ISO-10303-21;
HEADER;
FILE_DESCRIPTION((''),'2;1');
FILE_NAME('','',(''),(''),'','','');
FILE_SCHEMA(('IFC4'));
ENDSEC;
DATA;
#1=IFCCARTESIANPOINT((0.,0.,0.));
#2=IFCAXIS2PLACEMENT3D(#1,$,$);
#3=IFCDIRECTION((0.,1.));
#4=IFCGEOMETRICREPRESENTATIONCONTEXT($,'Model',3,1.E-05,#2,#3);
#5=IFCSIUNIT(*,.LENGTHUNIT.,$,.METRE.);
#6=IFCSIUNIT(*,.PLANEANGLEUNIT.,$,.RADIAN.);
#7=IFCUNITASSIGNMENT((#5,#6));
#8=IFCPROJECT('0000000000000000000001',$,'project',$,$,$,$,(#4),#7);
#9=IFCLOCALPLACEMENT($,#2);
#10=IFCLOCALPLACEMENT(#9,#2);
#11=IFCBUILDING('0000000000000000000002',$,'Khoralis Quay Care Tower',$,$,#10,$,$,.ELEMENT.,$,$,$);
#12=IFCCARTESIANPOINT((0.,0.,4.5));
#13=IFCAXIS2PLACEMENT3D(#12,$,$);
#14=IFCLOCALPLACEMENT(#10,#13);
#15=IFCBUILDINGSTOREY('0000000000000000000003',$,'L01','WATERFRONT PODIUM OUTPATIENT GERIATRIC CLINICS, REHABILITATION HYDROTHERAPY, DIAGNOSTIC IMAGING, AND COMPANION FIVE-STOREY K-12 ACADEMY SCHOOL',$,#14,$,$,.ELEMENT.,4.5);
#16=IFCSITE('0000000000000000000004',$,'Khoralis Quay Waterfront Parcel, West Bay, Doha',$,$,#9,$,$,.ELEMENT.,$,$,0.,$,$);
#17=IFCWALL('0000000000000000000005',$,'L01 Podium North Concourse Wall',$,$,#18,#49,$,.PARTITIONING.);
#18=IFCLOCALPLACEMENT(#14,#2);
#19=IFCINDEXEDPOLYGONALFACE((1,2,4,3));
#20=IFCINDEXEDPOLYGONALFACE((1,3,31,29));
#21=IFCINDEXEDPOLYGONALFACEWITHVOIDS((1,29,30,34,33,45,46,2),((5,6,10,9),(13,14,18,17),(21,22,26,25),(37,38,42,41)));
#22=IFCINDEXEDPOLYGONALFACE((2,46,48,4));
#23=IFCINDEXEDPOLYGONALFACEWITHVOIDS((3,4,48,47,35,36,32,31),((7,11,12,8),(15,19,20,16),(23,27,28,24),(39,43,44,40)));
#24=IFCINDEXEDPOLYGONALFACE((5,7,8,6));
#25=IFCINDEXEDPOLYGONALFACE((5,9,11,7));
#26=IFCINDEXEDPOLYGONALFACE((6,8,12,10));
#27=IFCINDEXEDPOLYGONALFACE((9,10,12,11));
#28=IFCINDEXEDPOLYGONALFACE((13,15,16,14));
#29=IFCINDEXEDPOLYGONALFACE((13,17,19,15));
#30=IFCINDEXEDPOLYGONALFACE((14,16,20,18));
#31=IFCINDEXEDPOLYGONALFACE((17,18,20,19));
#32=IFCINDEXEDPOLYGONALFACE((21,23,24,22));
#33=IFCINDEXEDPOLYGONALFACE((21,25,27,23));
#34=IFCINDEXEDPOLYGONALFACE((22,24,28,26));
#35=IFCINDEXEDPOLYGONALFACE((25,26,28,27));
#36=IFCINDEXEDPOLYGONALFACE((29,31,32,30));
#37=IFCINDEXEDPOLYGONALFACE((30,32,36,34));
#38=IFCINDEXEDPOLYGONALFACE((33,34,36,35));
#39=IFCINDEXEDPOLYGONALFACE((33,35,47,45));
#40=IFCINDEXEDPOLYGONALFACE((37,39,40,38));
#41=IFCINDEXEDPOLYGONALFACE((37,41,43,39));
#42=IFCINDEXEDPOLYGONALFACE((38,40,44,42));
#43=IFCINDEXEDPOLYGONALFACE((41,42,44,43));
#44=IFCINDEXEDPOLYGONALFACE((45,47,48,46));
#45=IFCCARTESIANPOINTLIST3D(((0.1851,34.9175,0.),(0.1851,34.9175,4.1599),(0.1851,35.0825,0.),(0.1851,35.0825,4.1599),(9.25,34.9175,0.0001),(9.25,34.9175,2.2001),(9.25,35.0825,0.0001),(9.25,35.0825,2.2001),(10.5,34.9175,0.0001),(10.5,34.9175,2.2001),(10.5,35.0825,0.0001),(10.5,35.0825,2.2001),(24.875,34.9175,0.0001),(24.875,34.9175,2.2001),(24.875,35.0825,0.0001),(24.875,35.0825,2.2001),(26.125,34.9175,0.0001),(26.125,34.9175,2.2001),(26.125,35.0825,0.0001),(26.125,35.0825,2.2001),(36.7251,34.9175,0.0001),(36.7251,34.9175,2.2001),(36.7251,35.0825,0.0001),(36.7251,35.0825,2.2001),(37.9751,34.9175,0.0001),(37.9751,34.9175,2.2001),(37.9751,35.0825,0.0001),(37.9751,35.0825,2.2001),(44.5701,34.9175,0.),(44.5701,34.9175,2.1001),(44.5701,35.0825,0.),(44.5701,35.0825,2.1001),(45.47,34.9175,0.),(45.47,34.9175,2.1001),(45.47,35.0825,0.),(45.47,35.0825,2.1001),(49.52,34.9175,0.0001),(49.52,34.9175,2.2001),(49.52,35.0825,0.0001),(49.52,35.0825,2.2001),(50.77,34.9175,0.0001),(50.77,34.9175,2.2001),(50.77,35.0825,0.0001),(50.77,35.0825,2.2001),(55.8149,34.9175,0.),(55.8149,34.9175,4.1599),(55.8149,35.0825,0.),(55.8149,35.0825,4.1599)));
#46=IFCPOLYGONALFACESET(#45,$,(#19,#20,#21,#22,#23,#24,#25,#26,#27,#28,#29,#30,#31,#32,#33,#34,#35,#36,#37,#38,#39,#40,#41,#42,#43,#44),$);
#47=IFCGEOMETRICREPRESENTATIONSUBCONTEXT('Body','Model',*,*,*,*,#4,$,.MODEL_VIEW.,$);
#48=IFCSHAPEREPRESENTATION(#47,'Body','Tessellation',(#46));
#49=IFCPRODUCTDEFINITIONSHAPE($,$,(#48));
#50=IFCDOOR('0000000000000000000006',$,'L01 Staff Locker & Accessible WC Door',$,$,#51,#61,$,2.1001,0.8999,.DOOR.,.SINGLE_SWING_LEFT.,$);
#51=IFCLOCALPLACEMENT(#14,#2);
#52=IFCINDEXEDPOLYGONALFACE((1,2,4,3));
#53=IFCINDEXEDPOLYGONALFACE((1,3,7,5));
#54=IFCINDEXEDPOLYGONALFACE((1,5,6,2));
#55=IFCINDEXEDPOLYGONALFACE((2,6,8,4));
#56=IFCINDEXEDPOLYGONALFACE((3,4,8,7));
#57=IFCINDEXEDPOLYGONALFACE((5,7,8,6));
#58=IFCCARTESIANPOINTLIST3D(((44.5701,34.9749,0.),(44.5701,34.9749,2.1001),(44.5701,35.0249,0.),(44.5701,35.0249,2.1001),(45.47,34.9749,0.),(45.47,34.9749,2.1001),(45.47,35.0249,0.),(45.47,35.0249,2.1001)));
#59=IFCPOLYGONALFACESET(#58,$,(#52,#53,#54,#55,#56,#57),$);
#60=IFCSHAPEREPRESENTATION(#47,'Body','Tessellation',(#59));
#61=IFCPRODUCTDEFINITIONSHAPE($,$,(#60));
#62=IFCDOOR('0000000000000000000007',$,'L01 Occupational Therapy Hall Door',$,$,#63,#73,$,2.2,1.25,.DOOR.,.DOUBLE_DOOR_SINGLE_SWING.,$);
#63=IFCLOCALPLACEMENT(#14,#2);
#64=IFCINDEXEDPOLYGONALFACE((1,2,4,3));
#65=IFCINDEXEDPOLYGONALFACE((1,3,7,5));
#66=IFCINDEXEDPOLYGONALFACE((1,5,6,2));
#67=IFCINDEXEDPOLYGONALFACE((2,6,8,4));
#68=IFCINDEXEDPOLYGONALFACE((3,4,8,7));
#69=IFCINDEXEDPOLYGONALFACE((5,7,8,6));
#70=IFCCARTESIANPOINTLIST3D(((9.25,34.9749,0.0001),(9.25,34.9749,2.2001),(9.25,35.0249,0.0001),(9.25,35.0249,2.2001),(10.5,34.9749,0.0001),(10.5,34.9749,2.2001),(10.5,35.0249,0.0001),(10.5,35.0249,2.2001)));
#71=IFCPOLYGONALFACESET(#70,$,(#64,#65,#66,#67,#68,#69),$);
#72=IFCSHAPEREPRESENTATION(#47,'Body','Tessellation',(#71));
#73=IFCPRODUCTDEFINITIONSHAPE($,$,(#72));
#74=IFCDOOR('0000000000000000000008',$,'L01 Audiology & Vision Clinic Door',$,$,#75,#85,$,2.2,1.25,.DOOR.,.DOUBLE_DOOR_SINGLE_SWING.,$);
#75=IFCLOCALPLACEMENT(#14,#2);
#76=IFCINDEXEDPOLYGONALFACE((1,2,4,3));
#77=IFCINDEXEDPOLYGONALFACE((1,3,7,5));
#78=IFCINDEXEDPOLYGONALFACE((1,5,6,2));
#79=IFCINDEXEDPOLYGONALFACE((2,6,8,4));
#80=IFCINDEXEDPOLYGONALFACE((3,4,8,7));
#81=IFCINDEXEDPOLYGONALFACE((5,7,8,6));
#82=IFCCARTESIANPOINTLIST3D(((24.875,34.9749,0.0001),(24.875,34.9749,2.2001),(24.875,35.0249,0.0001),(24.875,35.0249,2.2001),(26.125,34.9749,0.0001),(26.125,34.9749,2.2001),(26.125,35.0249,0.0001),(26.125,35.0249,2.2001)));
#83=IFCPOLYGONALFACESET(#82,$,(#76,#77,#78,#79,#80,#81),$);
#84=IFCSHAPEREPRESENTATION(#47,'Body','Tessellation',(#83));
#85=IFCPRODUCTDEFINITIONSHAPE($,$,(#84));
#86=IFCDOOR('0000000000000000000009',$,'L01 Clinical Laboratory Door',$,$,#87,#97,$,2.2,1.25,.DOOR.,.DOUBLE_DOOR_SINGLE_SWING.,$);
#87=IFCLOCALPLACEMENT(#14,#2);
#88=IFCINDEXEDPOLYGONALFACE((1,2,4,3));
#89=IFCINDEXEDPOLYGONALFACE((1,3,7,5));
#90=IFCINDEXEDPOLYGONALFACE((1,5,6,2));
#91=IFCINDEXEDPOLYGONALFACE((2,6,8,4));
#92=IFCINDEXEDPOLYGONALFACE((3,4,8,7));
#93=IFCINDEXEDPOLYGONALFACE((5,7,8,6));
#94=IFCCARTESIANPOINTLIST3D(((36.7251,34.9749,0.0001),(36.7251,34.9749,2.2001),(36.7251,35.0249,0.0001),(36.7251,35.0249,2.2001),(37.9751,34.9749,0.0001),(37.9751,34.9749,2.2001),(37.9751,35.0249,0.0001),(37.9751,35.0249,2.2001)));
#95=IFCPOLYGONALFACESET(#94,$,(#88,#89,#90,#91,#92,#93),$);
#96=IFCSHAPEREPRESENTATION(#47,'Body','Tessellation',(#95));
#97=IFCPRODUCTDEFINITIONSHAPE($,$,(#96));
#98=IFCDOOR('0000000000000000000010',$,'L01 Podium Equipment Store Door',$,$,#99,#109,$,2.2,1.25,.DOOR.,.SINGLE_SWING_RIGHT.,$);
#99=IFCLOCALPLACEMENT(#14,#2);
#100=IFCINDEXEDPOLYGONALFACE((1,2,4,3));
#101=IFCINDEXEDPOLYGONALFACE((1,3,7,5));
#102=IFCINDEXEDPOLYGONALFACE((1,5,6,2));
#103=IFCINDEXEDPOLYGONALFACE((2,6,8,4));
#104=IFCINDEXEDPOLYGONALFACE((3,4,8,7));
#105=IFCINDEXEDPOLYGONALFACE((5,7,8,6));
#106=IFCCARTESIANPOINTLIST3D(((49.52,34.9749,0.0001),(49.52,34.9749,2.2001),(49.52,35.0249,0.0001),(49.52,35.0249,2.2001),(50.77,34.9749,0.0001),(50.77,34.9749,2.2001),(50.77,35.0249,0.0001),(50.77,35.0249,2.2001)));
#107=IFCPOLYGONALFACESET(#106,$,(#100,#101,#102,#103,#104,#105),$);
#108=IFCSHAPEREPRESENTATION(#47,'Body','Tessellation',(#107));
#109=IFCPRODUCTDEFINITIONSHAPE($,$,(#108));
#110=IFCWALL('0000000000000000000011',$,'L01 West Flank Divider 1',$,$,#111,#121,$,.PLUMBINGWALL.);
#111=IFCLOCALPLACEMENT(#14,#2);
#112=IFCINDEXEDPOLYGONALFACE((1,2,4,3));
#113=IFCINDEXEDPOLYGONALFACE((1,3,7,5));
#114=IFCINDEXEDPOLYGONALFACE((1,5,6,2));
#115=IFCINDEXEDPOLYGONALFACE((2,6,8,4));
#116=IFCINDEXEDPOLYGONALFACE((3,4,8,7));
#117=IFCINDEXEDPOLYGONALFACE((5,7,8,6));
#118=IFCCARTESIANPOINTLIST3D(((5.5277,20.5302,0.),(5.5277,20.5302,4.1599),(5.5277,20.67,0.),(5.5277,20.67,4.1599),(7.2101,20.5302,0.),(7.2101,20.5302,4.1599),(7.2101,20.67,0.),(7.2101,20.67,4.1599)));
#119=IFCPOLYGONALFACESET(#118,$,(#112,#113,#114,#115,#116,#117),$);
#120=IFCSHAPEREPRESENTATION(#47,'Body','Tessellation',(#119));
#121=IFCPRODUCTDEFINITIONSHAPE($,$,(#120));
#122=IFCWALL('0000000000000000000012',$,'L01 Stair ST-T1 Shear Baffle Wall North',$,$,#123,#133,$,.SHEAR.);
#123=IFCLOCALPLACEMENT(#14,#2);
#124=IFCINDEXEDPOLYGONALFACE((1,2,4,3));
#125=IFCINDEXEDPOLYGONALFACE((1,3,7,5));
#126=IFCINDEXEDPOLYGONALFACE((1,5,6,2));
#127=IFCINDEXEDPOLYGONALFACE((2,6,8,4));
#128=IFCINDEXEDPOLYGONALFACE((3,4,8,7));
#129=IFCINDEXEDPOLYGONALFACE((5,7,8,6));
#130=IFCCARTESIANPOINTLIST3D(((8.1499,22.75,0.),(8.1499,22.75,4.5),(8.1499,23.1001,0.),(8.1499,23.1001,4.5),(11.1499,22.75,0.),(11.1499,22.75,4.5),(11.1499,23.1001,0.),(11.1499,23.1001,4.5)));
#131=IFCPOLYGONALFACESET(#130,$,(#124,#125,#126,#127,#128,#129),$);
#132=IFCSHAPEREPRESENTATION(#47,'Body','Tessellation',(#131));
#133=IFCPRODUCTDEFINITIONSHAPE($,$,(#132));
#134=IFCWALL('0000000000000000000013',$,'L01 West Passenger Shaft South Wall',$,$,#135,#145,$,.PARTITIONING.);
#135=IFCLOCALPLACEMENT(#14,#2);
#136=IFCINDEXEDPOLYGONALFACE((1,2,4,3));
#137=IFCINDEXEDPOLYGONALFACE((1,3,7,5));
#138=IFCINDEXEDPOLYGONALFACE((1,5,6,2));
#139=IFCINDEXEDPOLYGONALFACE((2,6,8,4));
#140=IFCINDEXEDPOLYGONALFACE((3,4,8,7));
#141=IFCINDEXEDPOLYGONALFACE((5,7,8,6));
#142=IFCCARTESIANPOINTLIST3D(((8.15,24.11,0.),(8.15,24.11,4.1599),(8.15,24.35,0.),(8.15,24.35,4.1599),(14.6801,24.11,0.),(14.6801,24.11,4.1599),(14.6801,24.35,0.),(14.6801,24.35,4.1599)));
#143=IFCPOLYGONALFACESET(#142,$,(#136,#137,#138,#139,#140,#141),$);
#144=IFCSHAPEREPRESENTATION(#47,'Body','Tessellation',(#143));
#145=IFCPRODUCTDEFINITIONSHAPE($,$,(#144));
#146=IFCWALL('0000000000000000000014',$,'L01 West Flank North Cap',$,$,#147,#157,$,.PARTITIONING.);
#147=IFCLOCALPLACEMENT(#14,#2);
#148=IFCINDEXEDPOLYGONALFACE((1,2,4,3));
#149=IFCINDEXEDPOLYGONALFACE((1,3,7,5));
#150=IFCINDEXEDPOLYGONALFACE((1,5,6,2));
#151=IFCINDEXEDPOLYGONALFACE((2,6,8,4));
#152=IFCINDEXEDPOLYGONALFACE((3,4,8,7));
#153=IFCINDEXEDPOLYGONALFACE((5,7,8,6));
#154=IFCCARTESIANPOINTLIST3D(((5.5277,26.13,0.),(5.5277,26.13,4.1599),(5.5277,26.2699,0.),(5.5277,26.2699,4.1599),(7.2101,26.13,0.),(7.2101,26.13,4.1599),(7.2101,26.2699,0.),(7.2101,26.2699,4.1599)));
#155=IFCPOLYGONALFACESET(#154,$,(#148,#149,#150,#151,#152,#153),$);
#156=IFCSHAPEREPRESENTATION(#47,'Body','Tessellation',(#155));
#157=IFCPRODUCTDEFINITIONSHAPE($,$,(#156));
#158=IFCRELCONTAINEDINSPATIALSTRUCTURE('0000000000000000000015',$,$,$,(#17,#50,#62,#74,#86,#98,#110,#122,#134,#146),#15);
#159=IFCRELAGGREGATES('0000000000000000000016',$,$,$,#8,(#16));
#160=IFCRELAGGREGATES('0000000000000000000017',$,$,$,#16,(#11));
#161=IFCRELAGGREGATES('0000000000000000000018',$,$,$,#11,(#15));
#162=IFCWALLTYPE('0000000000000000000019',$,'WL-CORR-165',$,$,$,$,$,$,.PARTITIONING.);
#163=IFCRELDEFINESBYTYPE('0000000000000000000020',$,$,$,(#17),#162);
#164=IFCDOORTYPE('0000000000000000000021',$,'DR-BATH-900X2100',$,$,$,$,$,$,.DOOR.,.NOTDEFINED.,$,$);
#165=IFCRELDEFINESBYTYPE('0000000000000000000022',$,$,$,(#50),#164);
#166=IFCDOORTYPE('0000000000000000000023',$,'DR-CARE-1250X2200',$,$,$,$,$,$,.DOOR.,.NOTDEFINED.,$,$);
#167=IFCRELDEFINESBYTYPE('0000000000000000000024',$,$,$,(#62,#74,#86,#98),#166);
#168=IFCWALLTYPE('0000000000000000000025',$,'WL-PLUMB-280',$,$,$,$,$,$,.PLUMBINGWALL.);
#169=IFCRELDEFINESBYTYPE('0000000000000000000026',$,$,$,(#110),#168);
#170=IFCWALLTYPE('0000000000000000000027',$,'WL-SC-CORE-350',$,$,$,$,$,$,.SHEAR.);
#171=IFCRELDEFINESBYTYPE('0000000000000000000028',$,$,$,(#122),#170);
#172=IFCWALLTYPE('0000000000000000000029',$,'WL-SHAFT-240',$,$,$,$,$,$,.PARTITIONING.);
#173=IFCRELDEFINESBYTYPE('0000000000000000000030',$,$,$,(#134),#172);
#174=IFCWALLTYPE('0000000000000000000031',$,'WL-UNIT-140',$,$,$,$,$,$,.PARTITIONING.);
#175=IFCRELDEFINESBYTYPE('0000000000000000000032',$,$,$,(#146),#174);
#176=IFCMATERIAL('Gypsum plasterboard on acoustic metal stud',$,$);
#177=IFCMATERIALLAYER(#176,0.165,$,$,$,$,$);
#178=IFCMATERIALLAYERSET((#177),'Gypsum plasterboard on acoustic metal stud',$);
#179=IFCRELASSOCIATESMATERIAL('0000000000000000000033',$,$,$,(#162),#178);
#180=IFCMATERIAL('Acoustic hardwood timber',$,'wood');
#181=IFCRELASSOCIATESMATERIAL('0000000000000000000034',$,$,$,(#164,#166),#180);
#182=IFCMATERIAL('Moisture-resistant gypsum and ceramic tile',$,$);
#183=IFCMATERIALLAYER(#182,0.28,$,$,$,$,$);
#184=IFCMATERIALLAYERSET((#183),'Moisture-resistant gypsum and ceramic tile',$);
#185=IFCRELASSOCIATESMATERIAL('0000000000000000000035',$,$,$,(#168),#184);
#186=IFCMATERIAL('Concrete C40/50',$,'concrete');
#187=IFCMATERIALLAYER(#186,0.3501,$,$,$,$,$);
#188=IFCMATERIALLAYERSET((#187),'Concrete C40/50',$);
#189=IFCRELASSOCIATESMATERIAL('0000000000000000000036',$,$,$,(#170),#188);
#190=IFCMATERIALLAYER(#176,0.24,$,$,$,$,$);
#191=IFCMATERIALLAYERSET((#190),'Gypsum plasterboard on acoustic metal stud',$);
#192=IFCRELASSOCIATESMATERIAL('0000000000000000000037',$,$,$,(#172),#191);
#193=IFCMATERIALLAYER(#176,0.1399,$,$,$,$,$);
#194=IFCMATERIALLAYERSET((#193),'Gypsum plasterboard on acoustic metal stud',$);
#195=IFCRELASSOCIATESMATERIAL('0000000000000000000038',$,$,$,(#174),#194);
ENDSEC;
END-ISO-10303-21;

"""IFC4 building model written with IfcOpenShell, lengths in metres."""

from ifc_helpers import new_model, si_unit, direction, frame, frame_2d, origin, place, context, subcontext, project, spatial, rectangle, extrude, source, transform, mapped, material, layer, layer_set, type_object, element, fill, save


model = new_model("IFC4")

# Units and contexts
model_context = context("Model", 3, precision=1e-05, world=origin(), true_north=direction((0.0, 1.0)))
body_context = subcontext(model_context, "Body", "Model", "MODEL_VIEW")
ifc_project = project(units=[si_unit("LENGTHUNIT", "METRE"), si_unit("PLANEANGLEUNIT", "RADIAN")], contexts=[model_context])

# Site, building, storey
site_placement = place(None, origin())
site = spatial("IfcSite", under=ifc_project, at=site_placement, Name="Khoralis Quay Waterfront Parcel, West Bay, Doha", CompositionType="ELEMENT", RefElevation=0.0)
building_placement = place(site_placement, origin())
building = spatial("IfcBuilding", under=site, at=building_placement, Name="Khoralis Quay Care Tower", CompositionType="ELEMENT")
storey_placement = place(building_placement, frame((0.0, 0.0, 4.5)))
storey = spatial("IfcBuildingStorey", under=building, at=storey_placement, Name="L01", Description="WATERFRONT PODIUM OUTPATIENT GERIATRIC CLINICS, REHABILITATION HYDROTHERAPY, DIAGNOSTIC IMAGING, AND COMPANION FIVE-STOREY K-12 ACADEMY SCHOOL", CompositionType="ELEMENT", Elevation=4.5)

# Shared definitions
ifc_material_1 = material(Name="Gypsum plasterboard on acoustic metal stud")
ifc_layer_1 = layer(ifc_material_1, 0.165)
ifc_layer_set_1 = layer_set([ifc_layer_1], Name="Gypsum plasterboard on acoustic metal stud")
wall_type_1 = type_object("IfcWallType", Name="WL-CORR-165", PredefinedType="PARTITIONING", material=ifc_layer_set_1)

# Wall, openings, doors
wall_1_placement = place(storey_placement, frame((0.1851, 35.0, 0.0), z_axis=(0.0, 0.0, 1.0), x_axis=(1.0, 0.0, 0.0)))
wall_1 = element("IfcWall", 1, at=wall_1_placement, inside=storey, type_object=wall_type_1, Name="L01 Podium North Concourse Wall", PredefinedType="PARTITIONING", context=body_context, shape_type="SweptSolid", body=[
    extrude(rectangle(XDim=55.6299, YDim=0.165, at=frame_2d((27.8149, 0.0))), origin(), (0.0, 0.0, 1.0), 4.1599),
])
opening_1_placement = place(wall_1_placement, frame((9.0649, 0.0, 0.0)))
opening_1 = element("IfcOpeningElement", 2, at=opening_1_placement, cuts=wall_1, PredefinedType="OPENING", context=body_context, shape_type="SweptSolid", body=[
    extrude(rectangle(XDim=1.25, YDim=2.2, at=frame_2d((0.625, 1.1001))), frame((0.0, 0.0925, 0.0), z_axis=(0.0, -1.0, 0.0), x_axis=(1.0, 0.0, 0.0)), (0.0, 0.0, 1.0), 0.1851),
])
opening_2_placement = place(wall_1_placement, frame((24.6899, 0.0, 0.0)))
opening_2 = element("IfcOpeningElement", 3, at=opening_2_placement, cuts=wall_1, PredefinedType="OPENING", context=body_context, shape_type="SweptSolid", body=[
    extrude(rectangle(XDim=1.25, YDim=2.2, at=frame_2d((0.625, 1.1001))), frame((0.0, 0.0925, 0.0), z_axis=(0.0, -1.0, 0.0), x_axis=(1.0, 0.0, 0.0)), (0.0, 0.0, 1.0), 0.1851),
])
opening_3_placement = place(wall_1_placement, frame((36.54, 0.0, 0.0)))
opening_3 = element("IfcOpeningElement", 4, at=opening_3_placement, cuts=wall_1, PredefinedType="OPENING", context=body_context, shape_type="SweptSolid", body=[
    extrude(rectangle(XDim=1.25, YDim=2.2, at=frame_2d((0.625, 1.1001))), frame((0.0, 0.0925, 0.0), z_axis=(0.0, -1.0, 0.0), x_axis=(1.0, 0.0, 0.0)), (0.0, 0.0, 1.0), 0.1851),
])
opening_4_placement = place(wall_1_placement, frame((44.385, 0.0, 0.0)))
opening_4 = element("IfcOpeningElement", 5, at=opening_4_placement, cuts=wall_1, PredefinedType="OPENING", context=body_context, shape_type="SweptSolid", body=[
    extrude(rectangle(XDim=0.8999, YDim=2.1001, at=frame_2d((0.45, 1.05))), frame((0.0, 0.0925, 0.0), z_axis=(0.0, -1.0, 0.0), x_axis=(1.0, 0.0, 0.0)), (0.0, 0.0, 1.0), 0.1851),
])
opening_5_placement = place(wall_1_placement, frame((49.335, 0.0, 0.0)))
opening_5 = element("IfcOpeningElement", 6, at=opening_5_placement, cuts=wall_1, PredefinedType="OPENING", context=body_context, shape_type="SweptSolid", body=[
    extrude(rectangle(XDim=1.25, YDim=2.2, at=frame_2d((0.625, 1.1001))), frame((0.0, 0.0925, 0.0), z_axis=(0.0, -1.0, 0.0), x_axis=(1.0, 0.0, 0.0)), (0.0, 0.0, 1.0), 0.1851),
])
ifc_material_2 = material(Name="Acoustic hardwood timber", Category="wood")
door_type_1 = type_object("IfcDoorType", Name="DR-BATH-900X2100", OperationType="NOTDEFINED", PredefinedType="DOOR", material=ifc_material_2)
shared_shape_1 = source(origin(), body_context, "Body", "SweptSolid", [
    extrude(rectangle(XDim=0.8999, YDim=2.1001, at=frame_2d((0.45, 1.05))), frame((0.0, 0.0249, 0.0), z_axis=(0.0, -1.0, 0.0), x_axis=(1.0, 0.0, 0.0)), (0.0, 0.0, 1.0), 0.05),
])
door_1_placement = place(opening_4_placement, origin())
door_1 = element("IfcDoor", 7, at=door_1_placement, inside=storey, type_object=door_type_1, Name="L01 Staff Locker & Accessible WC Door", OperationType="SINGLE_SWING_LEFT", OverallHeight=2.1001, OverallWidth=0.8999, PredefinedType="DOOR", context=body_context, shape_type="MappedRepresentation", body=[
    mapped(shared_shape_1, transform((0.0, 0.0, 0.0), scale=1.0)),
])
fill(opening_4, door_1)
door_type_2 = type_object("IfcDoorType", Name="DR-CARE-1250X2200", OperationType="NOTDEFINED", PredefinedType="DOOR", material=ifc_material_2)
shared_shape_2 = source(origin(), body_context, "Body", "SweptSolid", [
    extrude(rectangle(XDim=1.25, YDim=2.2, at=frame_2d((0.625, 1.1001))), frame((0.0, 0.0249, 0.0), z_axis=(0.0, -1.0, 0.0), x_axis=(1.0, 0.0, 0.0)), (0.0, 0.0, 1.0), 0.05),
])
door_2_placement = place(opening_1_placement, origin())
door_2 = element("IfcDoor", 8, at=door_2_placement, inside=storey, type_object=door_type_2, Name="L01 Occupational Therapy Hall Door", OperationType="DOUBLE_DOOR_SINGLE_SWING", OverallHeight=2.2, OverallWidth=1.25, PredefinedType="DOOR", context=body_context, shape_type="MappedRepresentation", body=[
    mapped(shared_shape_2, transform((0.0, 0.0, 0.0), scale=1.0)),
])
fill(opening_1, door_2)
door_3_placement = place(opening_2_placement, origin())
door_3 = element("IfcDoor", 9, at=door_3_placement, inside=storey, type_object=door_type_2, Name="L01 Audiology & Vision Clinic Door", OperationType="DOUBLE_DOOR_SINGLE_SWING", OverallHeight=2.2, OverallWidth=1.25, PredefinedType="DOOR", context=body_context, shape_type="MappedRepresentation", body=[
    mapped(shared_shape_2, transform((0.0, 0.0, 0.0), scale=1.0)),
])
fill(opening_2, door_3)
door_4_placement = place(opening_3_placement, origin())
door_4 = element("IfcDoor", 10, at=door_4_placement, inside=storey, type_object=door_type_2, Name="L01 Clinical Laboratory Door", OperationType="DOUBLE_DOOR_SINGLE_SWING", OverallHeight=2.2, OverallWidth=1.25, PredefinedType="DOOR", context=body_context, shape_type="MappedRepresentation", body=[
    mapped(shared_shape_2, transform((0.0, 0.0, 0.0), scale=1.0)),
])
fill(opening_3, door_4)
door_5_placement = place(opening_5_placement, origin())
door_5 = element("IfcDoor", 11, at=door_5_placement, inside=storey, type_object=door_type_2, Name="L01 Podium Equipment Store Door", OperationType="SINGLE_SWING_RIGHT", OverallHeight=2.2, OverallWidth=1.25, PredefinedType="DOOR", context=body_context, shape_type="MappedRepresentation", body=[
    mapped(shared_shape_2, transform((0.0, 0.0, 0.0), scale=1.0)),
])
fill(opening_5, door_5)

# Walls
ifc_material_3 = material(Name="Moisture-resistant gypsum and ceramic tile")
ifc_layer_2 = layer(ifc_material_3, 0.28)
ifc_layer_set_2 = layer_set([ifc_layer_2], Name="Moisture-resistant gypsum and ceramic tile")
wall_type_2 = type_object("IfcWallType", Name="WL-PLUMB-280", PredefinedType="PLUMBINGWALL", material=ifc_layer_set_2)
wall_2_placement = place(storey_placement, frame((5.5276, 20.6001, 0.0), z_axis=(0.0, 0.0, 1.0), x_axis=(1.0, 0.0, 0.0)))
element("IfcWall", 12, at=wall_2_placement, inside=storey, type_object=wall_type_2, Name="L01 West Flank Divider 1", PredefinedType="PLUMBINGWALL", context=body_context, shape_type="SweptSolid", body=[
    extrude(rectangle(XDim=1.6824, YDim=0.1399, at=frame_2d((0.8413, 0.0))), origin(), (0.0, 0.0, 1.0), 4.1599),
])
ifc_material_4 = material(Name="Concrete C40/50", Category="concrete")
ifc_layer_3 = layer(ifc_material_4, 0.3501)
ifc_layer_set_3 = layer_set([ifc_layer_3], Name="Concrete C40/50")
wall_type_3 = type_object("IfcWallType", Name="WL-SC-CORE-350", PredefinedType="SHEAR", material=ifc_layer_set_3)
wall_3_placement = place(storey_placement, frame((8.1499, 22.925, 0.0), z_axis=(0.0, 0.0, 1.0), x_axis=(1.0, 0.0, 0.0)))
element("IfcWall", 13, at=wall_3_placement, inside=storey, type_object=wall_type_3, Name="L01 Stair ST-T1 Shear Baffle Wall North", PredefinedType="SHEAR", context=body_context, shape_type="SweptSolid", body=[
    extrude(rectangle(XDim=3.0, YDim=0.3501, at=frame_2d((1.5, 0.0))), origin(), (0.0, 0.0, 1.0), 4.5),
])
ifc_layer_4 = layer(ifc_material_1, 0.24)
ifc_layer_set_4 = layer_set([ifc_layer_4], Name="Gypsum plasterboard on acoustic metal stud")
wall_type_4 = type_object("IfcWallType", Name="WL-SHAFT-240", PredefinedType="PARTITIONING", material=ifc_layer_set_4)
wall_4_placement = place(storey_placement, frame((8.1499, 24.23, 0.0), z_axis=(0.0, 0.0, 1.0), x_axis=(1.0, 0.0, 0.0)))
element("IfcWall", 14, at=wall_4_placement, inside=storey, type_object=wall_type_4, Name="L01 West Passenger Shaft South Wall", PredefinedType="PARTITIONING", context=body_context, shape_type="SweptSolid", body=[
    extrude(rectangle(XDim=6.53, YDim=0.24, at=frame_2d((3.2651, 0.0))), origin(), (0.0, 0.0, 1.0), 4.1599),
])
ifc_layer_5 = layer(ifc_material_1, 0.1399)
ifc_layer_set_5 = layer_set([ifc_layer_5], Name="Gypsum plasterboard on acoustic metal stud")
wall_type_5 = type_object("IfcWallType", Name="WL-UNIT-140", PredefinedType="PARTITIONING", material=ifc_layer_set_5)
wall_5_placement = place(storey_placement, frame((5.5276, 26.2, 0.0), z_axis=(0.0, 0.0, 1.0), x_axis=(1.0, 0.0, 0.0)))
element("IfcWall", 15, at=wall_5_placement, inside=storey, type_object=wall_type_5, Name="L01 West Flank North Cap", PredefinedType="PARTITIONING", context=body_context, shape_type="SweptSolid", body=[
    extrude(rectangle(XDim=1.6824, YDim=0.1399, at=frame_2d((0.8413, 0.0))), origin(), (0.0, 0.0, 1.0), 4.1599),
])

save(model, "model.ifc")
